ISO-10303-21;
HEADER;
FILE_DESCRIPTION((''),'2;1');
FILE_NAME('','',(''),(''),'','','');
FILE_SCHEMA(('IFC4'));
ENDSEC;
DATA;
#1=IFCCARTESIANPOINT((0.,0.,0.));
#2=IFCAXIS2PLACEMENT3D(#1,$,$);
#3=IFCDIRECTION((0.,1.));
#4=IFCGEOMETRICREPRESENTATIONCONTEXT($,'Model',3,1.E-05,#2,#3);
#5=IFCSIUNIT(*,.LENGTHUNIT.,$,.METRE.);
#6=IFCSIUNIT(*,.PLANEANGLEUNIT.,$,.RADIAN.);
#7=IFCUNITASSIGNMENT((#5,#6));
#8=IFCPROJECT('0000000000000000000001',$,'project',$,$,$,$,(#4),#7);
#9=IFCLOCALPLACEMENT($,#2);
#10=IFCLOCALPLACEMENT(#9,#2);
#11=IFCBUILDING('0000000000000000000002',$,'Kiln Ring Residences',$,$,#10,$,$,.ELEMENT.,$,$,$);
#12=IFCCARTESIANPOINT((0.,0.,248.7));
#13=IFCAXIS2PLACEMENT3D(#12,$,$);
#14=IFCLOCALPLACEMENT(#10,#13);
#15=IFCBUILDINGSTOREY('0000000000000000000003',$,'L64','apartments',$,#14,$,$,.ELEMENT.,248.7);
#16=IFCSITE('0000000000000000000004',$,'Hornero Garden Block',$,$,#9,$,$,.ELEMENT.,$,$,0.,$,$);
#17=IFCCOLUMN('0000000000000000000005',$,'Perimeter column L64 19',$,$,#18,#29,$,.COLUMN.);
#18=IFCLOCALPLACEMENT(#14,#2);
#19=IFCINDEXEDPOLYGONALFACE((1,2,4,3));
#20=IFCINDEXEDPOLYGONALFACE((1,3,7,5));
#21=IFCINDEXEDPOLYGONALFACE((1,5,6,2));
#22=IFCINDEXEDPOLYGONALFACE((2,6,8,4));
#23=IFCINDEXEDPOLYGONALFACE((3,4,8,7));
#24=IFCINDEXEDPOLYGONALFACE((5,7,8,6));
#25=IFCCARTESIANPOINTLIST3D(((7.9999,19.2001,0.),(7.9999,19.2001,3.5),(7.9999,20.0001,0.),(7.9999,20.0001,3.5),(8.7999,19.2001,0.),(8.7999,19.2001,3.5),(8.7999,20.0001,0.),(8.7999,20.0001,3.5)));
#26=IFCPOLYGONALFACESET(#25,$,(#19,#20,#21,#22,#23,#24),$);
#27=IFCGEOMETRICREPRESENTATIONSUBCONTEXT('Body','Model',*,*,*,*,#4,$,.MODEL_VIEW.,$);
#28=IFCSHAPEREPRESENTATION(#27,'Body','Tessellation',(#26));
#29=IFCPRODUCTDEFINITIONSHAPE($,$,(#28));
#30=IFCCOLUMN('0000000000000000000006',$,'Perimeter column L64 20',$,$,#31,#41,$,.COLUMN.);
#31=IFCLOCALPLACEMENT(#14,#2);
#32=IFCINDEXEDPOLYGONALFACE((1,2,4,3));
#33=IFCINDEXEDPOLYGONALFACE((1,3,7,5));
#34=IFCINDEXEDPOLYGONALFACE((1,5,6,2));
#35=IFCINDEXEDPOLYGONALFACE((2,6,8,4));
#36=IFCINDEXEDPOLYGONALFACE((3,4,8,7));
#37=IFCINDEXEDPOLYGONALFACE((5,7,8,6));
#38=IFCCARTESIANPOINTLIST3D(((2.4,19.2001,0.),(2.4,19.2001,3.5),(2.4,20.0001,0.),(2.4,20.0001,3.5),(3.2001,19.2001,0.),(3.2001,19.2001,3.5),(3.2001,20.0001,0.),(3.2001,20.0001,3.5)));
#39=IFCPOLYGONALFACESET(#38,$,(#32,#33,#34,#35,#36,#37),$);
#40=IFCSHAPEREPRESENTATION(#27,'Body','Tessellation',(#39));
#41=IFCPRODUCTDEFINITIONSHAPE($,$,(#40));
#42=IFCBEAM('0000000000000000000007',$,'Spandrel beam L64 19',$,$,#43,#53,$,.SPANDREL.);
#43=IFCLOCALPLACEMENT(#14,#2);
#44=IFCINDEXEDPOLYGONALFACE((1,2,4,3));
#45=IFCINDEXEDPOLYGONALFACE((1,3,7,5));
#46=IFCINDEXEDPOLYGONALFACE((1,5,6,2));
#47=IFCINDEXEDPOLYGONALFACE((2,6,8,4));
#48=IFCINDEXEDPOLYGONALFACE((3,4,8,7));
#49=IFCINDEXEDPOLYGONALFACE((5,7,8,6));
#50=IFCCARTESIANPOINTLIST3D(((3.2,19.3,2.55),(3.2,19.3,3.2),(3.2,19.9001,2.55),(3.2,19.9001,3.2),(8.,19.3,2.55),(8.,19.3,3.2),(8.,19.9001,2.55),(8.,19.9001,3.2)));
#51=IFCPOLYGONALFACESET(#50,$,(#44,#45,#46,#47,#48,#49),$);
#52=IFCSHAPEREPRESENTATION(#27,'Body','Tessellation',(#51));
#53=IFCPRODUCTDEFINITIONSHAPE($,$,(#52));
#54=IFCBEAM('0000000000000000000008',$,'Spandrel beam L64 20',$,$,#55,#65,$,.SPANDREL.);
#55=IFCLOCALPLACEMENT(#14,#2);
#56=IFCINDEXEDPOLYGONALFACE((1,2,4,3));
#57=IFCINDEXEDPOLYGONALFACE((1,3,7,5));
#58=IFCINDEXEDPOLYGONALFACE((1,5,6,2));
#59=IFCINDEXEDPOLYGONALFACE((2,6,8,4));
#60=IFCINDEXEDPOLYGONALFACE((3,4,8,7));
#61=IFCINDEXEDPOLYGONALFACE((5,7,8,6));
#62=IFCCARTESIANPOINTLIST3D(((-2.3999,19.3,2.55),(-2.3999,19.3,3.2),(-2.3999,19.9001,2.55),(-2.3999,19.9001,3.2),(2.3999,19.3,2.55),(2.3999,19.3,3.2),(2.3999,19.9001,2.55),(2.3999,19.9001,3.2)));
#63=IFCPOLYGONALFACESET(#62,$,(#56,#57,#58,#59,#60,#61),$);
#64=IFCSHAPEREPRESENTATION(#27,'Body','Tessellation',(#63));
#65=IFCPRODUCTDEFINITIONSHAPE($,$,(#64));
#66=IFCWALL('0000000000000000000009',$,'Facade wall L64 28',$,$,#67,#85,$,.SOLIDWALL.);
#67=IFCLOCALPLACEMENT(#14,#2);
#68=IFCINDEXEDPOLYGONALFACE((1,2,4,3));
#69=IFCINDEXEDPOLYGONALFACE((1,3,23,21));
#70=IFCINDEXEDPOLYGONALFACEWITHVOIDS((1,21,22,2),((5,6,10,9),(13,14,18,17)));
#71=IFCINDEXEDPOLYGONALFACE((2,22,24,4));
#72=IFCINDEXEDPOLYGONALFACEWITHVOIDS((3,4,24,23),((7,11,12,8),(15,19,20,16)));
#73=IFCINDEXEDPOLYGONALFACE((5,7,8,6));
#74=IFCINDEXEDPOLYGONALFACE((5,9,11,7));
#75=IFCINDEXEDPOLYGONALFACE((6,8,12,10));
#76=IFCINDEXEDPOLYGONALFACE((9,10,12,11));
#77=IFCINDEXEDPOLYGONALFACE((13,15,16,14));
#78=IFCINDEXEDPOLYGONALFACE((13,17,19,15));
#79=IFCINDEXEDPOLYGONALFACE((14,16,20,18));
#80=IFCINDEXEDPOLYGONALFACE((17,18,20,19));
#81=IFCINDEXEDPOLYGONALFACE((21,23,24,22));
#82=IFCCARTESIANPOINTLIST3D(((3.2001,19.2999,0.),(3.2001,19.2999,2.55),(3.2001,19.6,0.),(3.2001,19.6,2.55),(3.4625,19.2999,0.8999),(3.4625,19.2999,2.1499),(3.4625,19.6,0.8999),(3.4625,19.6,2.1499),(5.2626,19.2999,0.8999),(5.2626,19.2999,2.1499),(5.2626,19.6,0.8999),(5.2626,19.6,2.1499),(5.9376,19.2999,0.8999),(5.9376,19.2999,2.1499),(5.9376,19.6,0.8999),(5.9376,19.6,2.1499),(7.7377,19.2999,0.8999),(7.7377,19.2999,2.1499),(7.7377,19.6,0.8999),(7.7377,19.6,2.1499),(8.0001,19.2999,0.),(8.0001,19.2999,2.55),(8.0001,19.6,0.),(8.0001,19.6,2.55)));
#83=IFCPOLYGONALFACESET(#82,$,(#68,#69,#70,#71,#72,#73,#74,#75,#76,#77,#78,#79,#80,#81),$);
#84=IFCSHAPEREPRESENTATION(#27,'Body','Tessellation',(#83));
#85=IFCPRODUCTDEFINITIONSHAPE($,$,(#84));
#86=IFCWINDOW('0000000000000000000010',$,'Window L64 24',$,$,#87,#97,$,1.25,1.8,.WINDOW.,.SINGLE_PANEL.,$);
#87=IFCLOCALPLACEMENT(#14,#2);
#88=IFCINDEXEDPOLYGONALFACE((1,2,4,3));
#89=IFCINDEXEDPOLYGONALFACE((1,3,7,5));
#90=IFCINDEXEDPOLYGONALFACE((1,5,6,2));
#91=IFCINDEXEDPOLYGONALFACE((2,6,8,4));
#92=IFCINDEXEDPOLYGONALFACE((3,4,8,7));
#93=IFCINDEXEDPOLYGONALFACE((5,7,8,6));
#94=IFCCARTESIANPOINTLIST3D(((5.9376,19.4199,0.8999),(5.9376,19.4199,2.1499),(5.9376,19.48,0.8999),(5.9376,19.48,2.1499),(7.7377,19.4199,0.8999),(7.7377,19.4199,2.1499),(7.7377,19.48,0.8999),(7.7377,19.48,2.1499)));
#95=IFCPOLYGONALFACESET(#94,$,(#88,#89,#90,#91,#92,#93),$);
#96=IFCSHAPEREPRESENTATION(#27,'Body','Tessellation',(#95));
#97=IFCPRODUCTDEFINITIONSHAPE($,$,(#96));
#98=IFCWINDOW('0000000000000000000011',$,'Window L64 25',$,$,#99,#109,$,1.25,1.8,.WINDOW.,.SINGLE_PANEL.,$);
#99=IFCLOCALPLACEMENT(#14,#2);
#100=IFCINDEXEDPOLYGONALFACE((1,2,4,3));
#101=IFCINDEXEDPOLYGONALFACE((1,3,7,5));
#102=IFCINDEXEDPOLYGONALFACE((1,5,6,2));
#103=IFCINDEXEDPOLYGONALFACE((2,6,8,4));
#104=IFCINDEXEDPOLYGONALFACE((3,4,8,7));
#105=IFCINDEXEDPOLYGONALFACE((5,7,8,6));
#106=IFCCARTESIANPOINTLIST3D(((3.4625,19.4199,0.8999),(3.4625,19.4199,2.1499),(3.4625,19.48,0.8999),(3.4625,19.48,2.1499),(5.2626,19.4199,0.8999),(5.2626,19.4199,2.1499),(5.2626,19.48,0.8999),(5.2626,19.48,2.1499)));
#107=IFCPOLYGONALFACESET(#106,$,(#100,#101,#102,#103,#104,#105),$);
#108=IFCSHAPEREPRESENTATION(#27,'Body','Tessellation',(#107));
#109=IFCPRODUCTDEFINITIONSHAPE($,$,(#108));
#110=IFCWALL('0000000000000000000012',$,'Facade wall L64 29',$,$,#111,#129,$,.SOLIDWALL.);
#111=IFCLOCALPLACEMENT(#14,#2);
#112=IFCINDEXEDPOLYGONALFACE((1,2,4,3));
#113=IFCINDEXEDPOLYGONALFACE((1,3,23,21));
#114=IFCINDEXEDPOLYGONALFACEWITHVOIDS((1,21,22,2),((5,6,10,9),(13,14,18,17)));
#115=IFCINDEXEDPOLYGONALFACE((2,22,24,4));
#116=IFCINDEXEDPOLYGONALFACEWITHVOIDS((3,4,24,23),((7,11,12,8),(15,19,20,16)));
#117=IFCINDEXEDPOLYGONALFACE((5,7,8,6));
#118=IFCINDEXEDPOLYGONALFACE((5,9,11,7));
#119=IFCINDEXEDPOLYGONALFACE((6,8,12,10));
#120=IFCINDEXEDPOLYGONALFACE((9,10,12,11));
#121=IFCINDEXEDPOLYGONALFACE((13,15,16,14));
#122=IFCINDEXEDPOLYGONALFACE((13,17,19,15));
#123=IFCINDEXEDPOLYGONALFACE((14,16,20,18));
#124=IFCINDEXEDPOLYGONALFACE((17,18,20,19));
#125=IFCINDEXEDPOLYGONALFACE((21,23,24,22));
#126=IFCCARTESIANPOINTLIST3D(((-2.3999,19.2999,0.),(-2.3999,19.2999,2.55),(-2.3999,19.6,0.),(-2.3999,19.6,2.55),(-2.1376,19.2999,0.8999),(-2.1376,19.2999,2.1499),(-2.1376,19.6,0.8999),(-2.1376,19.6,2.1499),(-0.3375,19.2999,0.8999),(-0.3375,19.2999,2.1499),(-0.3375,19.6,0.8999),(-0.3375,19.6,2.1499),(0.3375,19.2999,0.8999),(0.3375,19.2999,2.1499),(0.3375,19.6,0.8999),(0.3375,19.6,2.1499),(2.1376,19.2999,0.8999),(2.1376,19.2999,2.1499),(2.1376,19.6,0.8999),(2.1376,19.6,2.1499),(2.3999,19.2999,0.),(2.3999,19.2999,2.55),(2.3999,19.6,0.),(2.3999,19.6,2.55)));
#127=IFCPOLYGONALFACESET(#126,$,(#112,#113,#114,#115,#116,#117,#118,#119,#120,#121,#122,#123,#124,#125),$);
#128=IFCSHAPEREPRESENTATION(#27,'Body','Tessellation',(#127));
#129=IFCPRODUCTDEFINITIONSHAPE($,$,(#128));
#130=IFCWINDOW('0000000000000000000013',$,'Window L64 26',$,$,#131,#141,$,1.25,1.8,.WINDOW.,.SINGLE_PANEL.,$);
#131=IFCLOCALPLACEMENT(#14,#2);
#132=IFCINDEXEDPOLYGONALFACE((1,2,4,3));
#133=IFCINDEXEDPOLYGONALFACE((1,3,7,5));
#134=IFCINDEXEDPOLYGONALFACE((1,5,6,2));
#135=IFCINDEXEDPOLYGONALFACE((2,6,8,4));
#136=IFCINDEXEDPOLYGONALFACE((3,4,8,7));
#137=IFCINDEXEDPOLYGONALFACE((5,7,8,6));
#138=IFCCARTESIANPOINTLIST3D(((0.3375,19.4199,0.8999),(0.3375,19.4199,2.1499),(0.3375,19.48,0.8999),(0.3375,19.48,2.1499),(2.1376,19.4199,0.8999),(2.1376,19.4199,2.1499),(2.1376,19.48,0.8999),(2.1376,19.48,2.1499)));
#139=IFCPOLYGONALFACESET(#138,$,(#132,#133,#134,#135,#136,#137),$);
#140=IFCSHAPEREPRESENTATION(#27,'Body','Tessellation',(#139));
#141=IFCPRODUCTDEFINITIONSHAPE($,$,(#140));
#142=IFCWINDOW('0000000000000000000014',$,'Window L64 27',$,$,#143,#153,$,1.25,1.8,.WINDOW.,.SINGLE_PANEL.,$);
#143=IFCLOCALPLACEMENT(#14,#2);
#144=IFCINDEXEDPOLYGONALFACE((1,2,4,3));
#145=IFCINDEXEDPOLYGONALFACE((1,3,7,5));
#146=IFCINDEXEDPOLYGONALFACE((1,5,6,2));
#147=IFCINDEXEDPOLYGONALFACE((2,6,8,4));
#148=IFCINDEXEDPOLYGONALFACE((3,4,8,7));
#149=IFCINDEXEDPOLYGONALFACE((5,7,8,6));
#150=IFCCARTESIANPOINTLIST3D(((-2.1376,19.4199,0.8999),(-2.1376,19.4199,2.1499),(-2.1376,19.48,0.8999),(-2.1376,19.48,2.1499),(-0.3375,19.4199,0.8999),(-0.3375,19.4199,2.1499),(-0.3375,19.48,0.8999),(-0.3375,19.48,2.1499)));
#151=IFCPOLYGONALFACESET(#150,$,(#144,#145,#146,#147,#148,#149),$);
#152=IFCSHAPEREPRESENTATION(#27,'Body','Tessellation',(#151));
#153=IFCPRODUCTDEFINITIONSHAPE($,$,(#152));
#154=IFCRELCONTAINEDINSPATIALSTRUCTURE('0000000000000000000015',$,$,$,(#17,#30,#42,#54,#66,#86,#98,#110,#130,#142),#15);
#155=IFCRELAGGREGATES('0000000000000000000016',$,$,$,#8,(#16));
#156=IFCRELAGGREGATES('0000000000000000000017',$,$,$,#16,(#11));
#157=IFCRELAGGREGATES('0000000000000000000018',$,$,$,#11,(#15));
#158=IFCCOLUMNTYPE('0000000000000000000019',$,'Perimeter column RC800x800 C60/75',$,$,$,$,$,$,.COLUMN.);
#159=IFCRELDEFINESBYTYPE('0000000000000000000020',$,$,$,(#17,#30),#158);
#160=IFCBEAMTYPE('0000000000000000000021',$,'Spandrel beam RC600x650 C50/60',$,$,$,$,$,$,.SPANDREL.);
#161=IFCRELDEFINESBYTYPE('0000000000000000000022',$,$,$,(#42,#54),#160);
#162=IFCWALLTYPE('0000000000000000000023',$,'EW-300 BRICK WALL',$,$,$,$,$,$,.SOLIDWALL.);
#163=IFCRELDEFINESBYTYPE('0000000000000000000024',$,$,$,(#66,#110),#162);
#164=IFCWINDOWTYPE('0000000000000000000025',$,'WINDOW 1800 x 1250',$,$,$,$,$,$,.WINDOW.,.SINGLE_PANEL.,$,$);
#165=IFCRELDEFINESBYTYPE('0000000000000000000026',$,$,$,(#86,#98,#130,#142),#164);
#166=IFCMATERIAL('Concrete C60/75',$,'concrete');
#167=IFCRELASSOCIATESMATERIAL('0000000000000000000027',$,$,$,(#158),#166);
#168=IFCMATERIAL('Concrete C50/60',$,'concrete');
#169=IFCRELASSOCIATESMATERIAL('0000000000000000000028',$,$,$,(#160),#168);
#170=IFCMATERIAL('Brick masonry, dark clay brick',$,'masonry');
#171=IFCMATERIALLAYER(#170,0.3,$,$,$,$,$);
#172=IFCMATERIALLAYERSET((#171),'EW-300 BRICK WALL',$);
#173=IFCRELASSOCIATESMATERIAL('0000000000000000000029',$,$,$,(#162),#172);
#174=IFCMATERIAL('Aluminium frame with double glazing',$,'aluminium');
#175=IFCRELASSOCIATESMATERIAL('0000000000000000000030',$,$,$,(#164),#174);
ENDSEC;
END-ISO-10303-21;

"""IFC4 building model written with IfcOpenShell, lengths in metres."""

from ifc_helpers import new_model, si_unit, direction, frame, frame_2d, origin, origin_2d, place, context, subcontext, project, spatial, rectangle, extrude, material, layer, layer_set, material_profile, profile_set, type_object, element, fill, save


model = new_model("IFC4")

# Units and contexts
model_context = context("Model", 3, precision=1e-05, world=origin(), true_north=direction((0.0, 1.0)))
body_context = subcontext(model_context, "Body", "Model", "MODEL_VIEW")
ifc_project = project(units=[si_unit("LENGTHUNIT", "METRE"), si_unit("PLANEANGLEUNIT", "RADIAN")], contexts=[model_context])

# Site, building, storey
site_placement = place(None, origin())
site = spatial("IfcSite", under=ifc_project, at=site_placement, Name="Hornero Garden Block", CompositionType="ELEMENT", RefElevation=0.0)
building_placement = place(site_placement, origin())
building = spatial("IfcBuilding", under=site, at=building_placement, Name="Kiln Ring Residences", CompositionType="ELEMENT")
storey_placement = place(building_placement, frame((0.0, 0.0, 248.7)))
storey = spatial("IfcBuildingStorey", under=building, at=storey_placement, Name="L64", Description="apartments", CompositionType="ELEMENT", Elevation=248.7)

# Columns
ifc_material_1 = material(Name="Concrete C60/75", Category="concrete")
ifc_material_profile_1 = material_profile(ifc_material_1, rectangle(XDim=0.8, YDim=0.8, at=origin_2d()), Name="RC800x800")
ifc_profile_set_1 = profile_set([ifc_material_profile_1], Name="Concrete C60/75")
column_type = type_object("IfcColumnType", Name="Perimeter column RC800x800 C60/75", PredefinedType="COLUMN", material=ifc_profile_set_1)
for number, where, z_axis, x_axis, name in (
    (1, (8.3999, 19.6001, 0.0), (0.0, 0.0, 1.0), (1.0, 0.0, 0.0), "Perimeter column L64 19"),
    (2, (2.8, 19.6001, 0.0), (0.0, 0.0, 1.0), (1.0, 0.0, 0.0), "Perimeter column L64 20"),
):
    element("IfcColumn", number, at=place(storey_placement, frame(where, z_axis=z_axis, x_axis=x_axis)), inside=storey, type_object=column_type, Name=name, PredefinedType="COLUMN", context=body_context, shape_type="SweptSolid", body=[
        extrude(rectangle(XDim=0.8, YDim=0.8, at=origin_2d()), origin(), (0.0, 0.0, 1.0), 3.5),
    ])

# Beams
ifc_material_2 = material(Name="Concrete C50/60", Category="concrete")
ifc_material_profile_2 = material_profile(ifc_material_2, rectangle(XDim=0.6001, YDim=0.6499, at=origin_2d()), Name="RC600x650")
ifc_profile_set_2 = profile_set([ifc_material_profile_2], Name="Concrete C50/60")
beam_type = type_object("IfcBeamType", Name="Spandrel beam RC600x650 C50/60", PredefinedType="SPANDREL", material=ifc_profile_set_2)
beam_1_placement = place(storey_placement, frame((8.0, 19.6001, 2.875), z_axis=(-1.0, 0.0, 0.0), x_axis=(0.0, -1.0, 0.0)))
element("IfcBeam", 3, at=beam_1_placement, inside=storey, type_object=beam_type, Name="Spandrel beam L64 19", PredefinedType="SPANDREL", context=body_context, shape_type="SweptSolid", body=[
    extrude(rectangle(XDim=0.6001, YDim=0.6499, at=origin_2d()), origin(), (0.0, 0.0, 1.0), 4.8),
])
beam_2_placement = place(storey_placement, frame((2.3999, 19.6001, 2.875), z_axis=(-1.0, 0.0, 0.0), x_axis=(0.0, -1.0, 0.0)))
element("IfcBeam", 4, at=beam_2_placement, inside=storey, type_object=beam_type, Name="Spandrel beam L64 20", PredefinedType="SPANDREL", context=body_context, shape_type="SweptSolid", body=[
    extrude(rectangle(XDim=0.6001, YDim=0.6499, at=origin_2d()), origin(), (0.0, 0.0, 1.0), 4.7998),
])

# Walls, openings, windows
ifc_material_3 = material(Name="Brick masonry, dark clay brick", Category="masonry")
ifc_layer_1 = layer(ifc_material_3, 0.3)
ifc_layer_set_1 = layer_set([ifc_layer_1], Name="EW-300 BRICK WALL")
wall_type_1 = type_object("IfcWallType", Name="EW-300 BRICK WALL", PredefinedType="SOLIDWALL", material=ifc_layer_set_1)
wall_1_placement = place(storey_placement, frame((8.0, 19.45, 0.0), z_axis=(0.0, 0.0, 1.0), x_axis=(-1.0, 0.0, 0.0)))
wall_1 = element("IfcWall", 5, at=wall_1_placement, inside=storey, type_object=wall_type_1, Name="Facade wall L64 28", PredefinedType="SOLIDWALL", context=body_context, shape_type="SweptSolid", body=[
    extrude(rectangle(XDim=4.8, YDim=0.3, at=frame_2d((2.3999, 0.0))), origin(), (0.0, 0.0, 1.0), 2.55),
])
opening_1_placement = place(wall_1_placement, frame((0.2625, 0.0, 0.8999)))
opening_1 = element("IfcOpeningElement", 6, at=opening_1_placement, cuts=wall_1, PredefinedType="OPENING", context=body_context, shape_type="SweptSolid", body=[
    extrude(rectangle(XDim=1.8, YDim=1.25, at=frame_2d((0.8999, 0.625))), frame((0.0, 0.1599, 0.0), z_axis=(0.0, -1.0, 0.0), x_axis=(1.0, 0.0, 0.0)), (0.0, 0.0, 1.0), 0.3201),
])
opening_2_placement = place(wall_1_placement, frame((2.7375, 0.0, 0.8999)))
opening_2 = element("IfcOpeningElement", 7, at=opening_2_placement, cuts=wall_1, PredefinedType="OPENING", context=body_context, shape_type="SweptSolid", body=[
    extrude(rectangle(XDim=1.8, YDim=1.25, at=frame_2d((0.8999, 0.625))), frame((0.0, 0.1599, 0.0), z_axis=(0.0, -1.0, 0.0), x_axis=(1.0, 0.0, 0.0)), (0.0, 0.0, 1.0), 0.3201),
])
ifc_material_4 = material(Name="Aluminium frame with double glazing", Category="aluminium")
window_type = type_object("IfcWindowType", Name="WINDOW 1800 x 1250", PartitioningType="SINGLE_PANEL", PredefinedType="WINDOW", material=ifc_material_4)
window_1_placement = place(opening_1_placement, origin())
window_1 = element("IfcWindow", 8, at=window_1_placement, inside=storey, type_object=window_type, Name="Window L64 24", OverallHeight=1.25, OverallWidth=1.8, PartitioningType="SINGLE_PANEL", PredefinedType="WINDOW", context=body_context, shape_type="SweptSolid", body=[
    extrude(rectangle(XDim=1.8, YDim=1.25, at=frame_2d((0.8999, 0.625))), frame((0.0, 0.03, 0.0), z_axis=(0.0, -1.0, 0.0), x_axis=(1.0, 0.0, 0.0)), (0.0, 0.0, 1.0), 0.0601),
])
fill(opening_1, window_1)
window_2_placement = place(opening_2_placement, origin())
window_2 = element("IfcWindow", 9, at=window_2_placement, inside=storey, type_object=window_type, Name="Window L64 25", OverallHeight=1.25, OverallWidth=1.8, PartitioningType="SINGLE_PANEL", PredefinedType="WINDOW", context=body_context, shape_type="SweptSolid", body=[
    extrude(rectangle(XDim=1.8, YDim=1.25, at=frame_2d((0.8999, 0.625))), frame((0.0, 0.03, 0.0), z_axis=(0.0, -1.0, 0.0), x_axis=(1.0, 0.0, 0.0)), (0.0, 0.0, 1.0), 0.0601),
])
fill(opening_2, window_2)
wall_2_placement = place(storey_placement, frame((2.3999, 19.45, 0.0), z_axis=(0.0, 0.0, 1.0), x_axis=(-1.0, 0.0, 0.0)))
wall_2 = element("IfcWall", 10, at=wall_2_placement, inside=storey, type_object=wall_type_1, Name="Facade wall L64 29", PredefinedType="SOLIDWALL", context=body_context, shape_type="SweptSolid", body=[
    extrude(rectangle(XDim=4.7998, YDim=0.3, at=frame_2d((2.3999, 0.0))), origin(), (0.0, 0.0, 1.0), 2.55),
])
opening_3_placement = place(wall_2_placement, frame((0.2625, 0.0, 0.8999)))
opening_3 = element("IfcOpeningElement", 11, at=opening_3_placement, cuts=wall_2, PredefinedType="OPENING", context=body_context, shape_type="SweptSolid", body=[
    extrude(rectangle(XDim=1.8, YDim=1.25, at=frame_2d((0.8999, 0.625))), frame((0.0, 0.1599, 0.0), z_axis=(0.0, -1.0, 0.0), x_axis=(1.0, 0.0, 0.0)), (0.0, 0.0, 1.0), 0.3201),
])
opening_4_placement = place(wall_2_placement, frame((2.7375, 0.0, 0.8999)))
opening_4 = element("IfcOpeningElement", 12, at=opening_4_placement, cuts=wall_2, PredefinedType="OPENING", context=body_context, shape_type="SweptSolid", body=[
    extrude(rectangle(XDim=1.8, YDim=1.25, at=frame_2d((0.8999, 0.625))), frame((0.0, 0.1599, 0.0), z_axis=(0.0, -1.0, 0.0), x_axis=(1.0, 0.0, 0.0)), (0.0, 0.0, 1.0), 0.3201),
])
window_3_placement = place(opening_3_placement, origin())
window_3 = element("IfcWindow", 13, at=window_3_placement, inside=storey, type_object=window_type, Name="Window L64 26", OverallHeight=1.25, OverallWidth=1.8, PartitioningType="SINGLE_PANEL", PredefinedType="WINDOW", context=body_context, shape_type="SweptSolid", body=[
    extrude(rectangle(XDim=1.8, YDim=1.25, at=frame_2d((0.8999, 0.625))), frame((0.0, 0.03, 0.0), z_axis=(0.0, -1.0, 0.0), x_axis=(1.0, 0.0, 0.0)), (0.0, 0.0, 1.0), 0.0601),
])
fill(opening_3, window_3)
window_4_placement = place(opening_4_placement, origin())
window_4 = element("IfcWindow", 14, at=window_4_placement, inside=storey, type_object=window_type, Name="Window L64 27", OverallHeight=1.25, OverallWidth=1.8, PartitioningType="SINGLE_PANEL", PredefinedType="WINDOW", context=body_context, shape_type="SweptSolid", body=[
    extrude(rectangle(XDim=1.8, YDim=1.25, at=frame_2d((0.8999, 0.625))), frame((0.0, 0.03, 0.0), z_axis=(0.0, -1.0, 0.0), x_axis=(1.0, 0.0, 0.0)), (0.0, 0.0, 1.0), 0.0601),
])
fill(opening_4, window_4)

save(model, "model.ifc")
